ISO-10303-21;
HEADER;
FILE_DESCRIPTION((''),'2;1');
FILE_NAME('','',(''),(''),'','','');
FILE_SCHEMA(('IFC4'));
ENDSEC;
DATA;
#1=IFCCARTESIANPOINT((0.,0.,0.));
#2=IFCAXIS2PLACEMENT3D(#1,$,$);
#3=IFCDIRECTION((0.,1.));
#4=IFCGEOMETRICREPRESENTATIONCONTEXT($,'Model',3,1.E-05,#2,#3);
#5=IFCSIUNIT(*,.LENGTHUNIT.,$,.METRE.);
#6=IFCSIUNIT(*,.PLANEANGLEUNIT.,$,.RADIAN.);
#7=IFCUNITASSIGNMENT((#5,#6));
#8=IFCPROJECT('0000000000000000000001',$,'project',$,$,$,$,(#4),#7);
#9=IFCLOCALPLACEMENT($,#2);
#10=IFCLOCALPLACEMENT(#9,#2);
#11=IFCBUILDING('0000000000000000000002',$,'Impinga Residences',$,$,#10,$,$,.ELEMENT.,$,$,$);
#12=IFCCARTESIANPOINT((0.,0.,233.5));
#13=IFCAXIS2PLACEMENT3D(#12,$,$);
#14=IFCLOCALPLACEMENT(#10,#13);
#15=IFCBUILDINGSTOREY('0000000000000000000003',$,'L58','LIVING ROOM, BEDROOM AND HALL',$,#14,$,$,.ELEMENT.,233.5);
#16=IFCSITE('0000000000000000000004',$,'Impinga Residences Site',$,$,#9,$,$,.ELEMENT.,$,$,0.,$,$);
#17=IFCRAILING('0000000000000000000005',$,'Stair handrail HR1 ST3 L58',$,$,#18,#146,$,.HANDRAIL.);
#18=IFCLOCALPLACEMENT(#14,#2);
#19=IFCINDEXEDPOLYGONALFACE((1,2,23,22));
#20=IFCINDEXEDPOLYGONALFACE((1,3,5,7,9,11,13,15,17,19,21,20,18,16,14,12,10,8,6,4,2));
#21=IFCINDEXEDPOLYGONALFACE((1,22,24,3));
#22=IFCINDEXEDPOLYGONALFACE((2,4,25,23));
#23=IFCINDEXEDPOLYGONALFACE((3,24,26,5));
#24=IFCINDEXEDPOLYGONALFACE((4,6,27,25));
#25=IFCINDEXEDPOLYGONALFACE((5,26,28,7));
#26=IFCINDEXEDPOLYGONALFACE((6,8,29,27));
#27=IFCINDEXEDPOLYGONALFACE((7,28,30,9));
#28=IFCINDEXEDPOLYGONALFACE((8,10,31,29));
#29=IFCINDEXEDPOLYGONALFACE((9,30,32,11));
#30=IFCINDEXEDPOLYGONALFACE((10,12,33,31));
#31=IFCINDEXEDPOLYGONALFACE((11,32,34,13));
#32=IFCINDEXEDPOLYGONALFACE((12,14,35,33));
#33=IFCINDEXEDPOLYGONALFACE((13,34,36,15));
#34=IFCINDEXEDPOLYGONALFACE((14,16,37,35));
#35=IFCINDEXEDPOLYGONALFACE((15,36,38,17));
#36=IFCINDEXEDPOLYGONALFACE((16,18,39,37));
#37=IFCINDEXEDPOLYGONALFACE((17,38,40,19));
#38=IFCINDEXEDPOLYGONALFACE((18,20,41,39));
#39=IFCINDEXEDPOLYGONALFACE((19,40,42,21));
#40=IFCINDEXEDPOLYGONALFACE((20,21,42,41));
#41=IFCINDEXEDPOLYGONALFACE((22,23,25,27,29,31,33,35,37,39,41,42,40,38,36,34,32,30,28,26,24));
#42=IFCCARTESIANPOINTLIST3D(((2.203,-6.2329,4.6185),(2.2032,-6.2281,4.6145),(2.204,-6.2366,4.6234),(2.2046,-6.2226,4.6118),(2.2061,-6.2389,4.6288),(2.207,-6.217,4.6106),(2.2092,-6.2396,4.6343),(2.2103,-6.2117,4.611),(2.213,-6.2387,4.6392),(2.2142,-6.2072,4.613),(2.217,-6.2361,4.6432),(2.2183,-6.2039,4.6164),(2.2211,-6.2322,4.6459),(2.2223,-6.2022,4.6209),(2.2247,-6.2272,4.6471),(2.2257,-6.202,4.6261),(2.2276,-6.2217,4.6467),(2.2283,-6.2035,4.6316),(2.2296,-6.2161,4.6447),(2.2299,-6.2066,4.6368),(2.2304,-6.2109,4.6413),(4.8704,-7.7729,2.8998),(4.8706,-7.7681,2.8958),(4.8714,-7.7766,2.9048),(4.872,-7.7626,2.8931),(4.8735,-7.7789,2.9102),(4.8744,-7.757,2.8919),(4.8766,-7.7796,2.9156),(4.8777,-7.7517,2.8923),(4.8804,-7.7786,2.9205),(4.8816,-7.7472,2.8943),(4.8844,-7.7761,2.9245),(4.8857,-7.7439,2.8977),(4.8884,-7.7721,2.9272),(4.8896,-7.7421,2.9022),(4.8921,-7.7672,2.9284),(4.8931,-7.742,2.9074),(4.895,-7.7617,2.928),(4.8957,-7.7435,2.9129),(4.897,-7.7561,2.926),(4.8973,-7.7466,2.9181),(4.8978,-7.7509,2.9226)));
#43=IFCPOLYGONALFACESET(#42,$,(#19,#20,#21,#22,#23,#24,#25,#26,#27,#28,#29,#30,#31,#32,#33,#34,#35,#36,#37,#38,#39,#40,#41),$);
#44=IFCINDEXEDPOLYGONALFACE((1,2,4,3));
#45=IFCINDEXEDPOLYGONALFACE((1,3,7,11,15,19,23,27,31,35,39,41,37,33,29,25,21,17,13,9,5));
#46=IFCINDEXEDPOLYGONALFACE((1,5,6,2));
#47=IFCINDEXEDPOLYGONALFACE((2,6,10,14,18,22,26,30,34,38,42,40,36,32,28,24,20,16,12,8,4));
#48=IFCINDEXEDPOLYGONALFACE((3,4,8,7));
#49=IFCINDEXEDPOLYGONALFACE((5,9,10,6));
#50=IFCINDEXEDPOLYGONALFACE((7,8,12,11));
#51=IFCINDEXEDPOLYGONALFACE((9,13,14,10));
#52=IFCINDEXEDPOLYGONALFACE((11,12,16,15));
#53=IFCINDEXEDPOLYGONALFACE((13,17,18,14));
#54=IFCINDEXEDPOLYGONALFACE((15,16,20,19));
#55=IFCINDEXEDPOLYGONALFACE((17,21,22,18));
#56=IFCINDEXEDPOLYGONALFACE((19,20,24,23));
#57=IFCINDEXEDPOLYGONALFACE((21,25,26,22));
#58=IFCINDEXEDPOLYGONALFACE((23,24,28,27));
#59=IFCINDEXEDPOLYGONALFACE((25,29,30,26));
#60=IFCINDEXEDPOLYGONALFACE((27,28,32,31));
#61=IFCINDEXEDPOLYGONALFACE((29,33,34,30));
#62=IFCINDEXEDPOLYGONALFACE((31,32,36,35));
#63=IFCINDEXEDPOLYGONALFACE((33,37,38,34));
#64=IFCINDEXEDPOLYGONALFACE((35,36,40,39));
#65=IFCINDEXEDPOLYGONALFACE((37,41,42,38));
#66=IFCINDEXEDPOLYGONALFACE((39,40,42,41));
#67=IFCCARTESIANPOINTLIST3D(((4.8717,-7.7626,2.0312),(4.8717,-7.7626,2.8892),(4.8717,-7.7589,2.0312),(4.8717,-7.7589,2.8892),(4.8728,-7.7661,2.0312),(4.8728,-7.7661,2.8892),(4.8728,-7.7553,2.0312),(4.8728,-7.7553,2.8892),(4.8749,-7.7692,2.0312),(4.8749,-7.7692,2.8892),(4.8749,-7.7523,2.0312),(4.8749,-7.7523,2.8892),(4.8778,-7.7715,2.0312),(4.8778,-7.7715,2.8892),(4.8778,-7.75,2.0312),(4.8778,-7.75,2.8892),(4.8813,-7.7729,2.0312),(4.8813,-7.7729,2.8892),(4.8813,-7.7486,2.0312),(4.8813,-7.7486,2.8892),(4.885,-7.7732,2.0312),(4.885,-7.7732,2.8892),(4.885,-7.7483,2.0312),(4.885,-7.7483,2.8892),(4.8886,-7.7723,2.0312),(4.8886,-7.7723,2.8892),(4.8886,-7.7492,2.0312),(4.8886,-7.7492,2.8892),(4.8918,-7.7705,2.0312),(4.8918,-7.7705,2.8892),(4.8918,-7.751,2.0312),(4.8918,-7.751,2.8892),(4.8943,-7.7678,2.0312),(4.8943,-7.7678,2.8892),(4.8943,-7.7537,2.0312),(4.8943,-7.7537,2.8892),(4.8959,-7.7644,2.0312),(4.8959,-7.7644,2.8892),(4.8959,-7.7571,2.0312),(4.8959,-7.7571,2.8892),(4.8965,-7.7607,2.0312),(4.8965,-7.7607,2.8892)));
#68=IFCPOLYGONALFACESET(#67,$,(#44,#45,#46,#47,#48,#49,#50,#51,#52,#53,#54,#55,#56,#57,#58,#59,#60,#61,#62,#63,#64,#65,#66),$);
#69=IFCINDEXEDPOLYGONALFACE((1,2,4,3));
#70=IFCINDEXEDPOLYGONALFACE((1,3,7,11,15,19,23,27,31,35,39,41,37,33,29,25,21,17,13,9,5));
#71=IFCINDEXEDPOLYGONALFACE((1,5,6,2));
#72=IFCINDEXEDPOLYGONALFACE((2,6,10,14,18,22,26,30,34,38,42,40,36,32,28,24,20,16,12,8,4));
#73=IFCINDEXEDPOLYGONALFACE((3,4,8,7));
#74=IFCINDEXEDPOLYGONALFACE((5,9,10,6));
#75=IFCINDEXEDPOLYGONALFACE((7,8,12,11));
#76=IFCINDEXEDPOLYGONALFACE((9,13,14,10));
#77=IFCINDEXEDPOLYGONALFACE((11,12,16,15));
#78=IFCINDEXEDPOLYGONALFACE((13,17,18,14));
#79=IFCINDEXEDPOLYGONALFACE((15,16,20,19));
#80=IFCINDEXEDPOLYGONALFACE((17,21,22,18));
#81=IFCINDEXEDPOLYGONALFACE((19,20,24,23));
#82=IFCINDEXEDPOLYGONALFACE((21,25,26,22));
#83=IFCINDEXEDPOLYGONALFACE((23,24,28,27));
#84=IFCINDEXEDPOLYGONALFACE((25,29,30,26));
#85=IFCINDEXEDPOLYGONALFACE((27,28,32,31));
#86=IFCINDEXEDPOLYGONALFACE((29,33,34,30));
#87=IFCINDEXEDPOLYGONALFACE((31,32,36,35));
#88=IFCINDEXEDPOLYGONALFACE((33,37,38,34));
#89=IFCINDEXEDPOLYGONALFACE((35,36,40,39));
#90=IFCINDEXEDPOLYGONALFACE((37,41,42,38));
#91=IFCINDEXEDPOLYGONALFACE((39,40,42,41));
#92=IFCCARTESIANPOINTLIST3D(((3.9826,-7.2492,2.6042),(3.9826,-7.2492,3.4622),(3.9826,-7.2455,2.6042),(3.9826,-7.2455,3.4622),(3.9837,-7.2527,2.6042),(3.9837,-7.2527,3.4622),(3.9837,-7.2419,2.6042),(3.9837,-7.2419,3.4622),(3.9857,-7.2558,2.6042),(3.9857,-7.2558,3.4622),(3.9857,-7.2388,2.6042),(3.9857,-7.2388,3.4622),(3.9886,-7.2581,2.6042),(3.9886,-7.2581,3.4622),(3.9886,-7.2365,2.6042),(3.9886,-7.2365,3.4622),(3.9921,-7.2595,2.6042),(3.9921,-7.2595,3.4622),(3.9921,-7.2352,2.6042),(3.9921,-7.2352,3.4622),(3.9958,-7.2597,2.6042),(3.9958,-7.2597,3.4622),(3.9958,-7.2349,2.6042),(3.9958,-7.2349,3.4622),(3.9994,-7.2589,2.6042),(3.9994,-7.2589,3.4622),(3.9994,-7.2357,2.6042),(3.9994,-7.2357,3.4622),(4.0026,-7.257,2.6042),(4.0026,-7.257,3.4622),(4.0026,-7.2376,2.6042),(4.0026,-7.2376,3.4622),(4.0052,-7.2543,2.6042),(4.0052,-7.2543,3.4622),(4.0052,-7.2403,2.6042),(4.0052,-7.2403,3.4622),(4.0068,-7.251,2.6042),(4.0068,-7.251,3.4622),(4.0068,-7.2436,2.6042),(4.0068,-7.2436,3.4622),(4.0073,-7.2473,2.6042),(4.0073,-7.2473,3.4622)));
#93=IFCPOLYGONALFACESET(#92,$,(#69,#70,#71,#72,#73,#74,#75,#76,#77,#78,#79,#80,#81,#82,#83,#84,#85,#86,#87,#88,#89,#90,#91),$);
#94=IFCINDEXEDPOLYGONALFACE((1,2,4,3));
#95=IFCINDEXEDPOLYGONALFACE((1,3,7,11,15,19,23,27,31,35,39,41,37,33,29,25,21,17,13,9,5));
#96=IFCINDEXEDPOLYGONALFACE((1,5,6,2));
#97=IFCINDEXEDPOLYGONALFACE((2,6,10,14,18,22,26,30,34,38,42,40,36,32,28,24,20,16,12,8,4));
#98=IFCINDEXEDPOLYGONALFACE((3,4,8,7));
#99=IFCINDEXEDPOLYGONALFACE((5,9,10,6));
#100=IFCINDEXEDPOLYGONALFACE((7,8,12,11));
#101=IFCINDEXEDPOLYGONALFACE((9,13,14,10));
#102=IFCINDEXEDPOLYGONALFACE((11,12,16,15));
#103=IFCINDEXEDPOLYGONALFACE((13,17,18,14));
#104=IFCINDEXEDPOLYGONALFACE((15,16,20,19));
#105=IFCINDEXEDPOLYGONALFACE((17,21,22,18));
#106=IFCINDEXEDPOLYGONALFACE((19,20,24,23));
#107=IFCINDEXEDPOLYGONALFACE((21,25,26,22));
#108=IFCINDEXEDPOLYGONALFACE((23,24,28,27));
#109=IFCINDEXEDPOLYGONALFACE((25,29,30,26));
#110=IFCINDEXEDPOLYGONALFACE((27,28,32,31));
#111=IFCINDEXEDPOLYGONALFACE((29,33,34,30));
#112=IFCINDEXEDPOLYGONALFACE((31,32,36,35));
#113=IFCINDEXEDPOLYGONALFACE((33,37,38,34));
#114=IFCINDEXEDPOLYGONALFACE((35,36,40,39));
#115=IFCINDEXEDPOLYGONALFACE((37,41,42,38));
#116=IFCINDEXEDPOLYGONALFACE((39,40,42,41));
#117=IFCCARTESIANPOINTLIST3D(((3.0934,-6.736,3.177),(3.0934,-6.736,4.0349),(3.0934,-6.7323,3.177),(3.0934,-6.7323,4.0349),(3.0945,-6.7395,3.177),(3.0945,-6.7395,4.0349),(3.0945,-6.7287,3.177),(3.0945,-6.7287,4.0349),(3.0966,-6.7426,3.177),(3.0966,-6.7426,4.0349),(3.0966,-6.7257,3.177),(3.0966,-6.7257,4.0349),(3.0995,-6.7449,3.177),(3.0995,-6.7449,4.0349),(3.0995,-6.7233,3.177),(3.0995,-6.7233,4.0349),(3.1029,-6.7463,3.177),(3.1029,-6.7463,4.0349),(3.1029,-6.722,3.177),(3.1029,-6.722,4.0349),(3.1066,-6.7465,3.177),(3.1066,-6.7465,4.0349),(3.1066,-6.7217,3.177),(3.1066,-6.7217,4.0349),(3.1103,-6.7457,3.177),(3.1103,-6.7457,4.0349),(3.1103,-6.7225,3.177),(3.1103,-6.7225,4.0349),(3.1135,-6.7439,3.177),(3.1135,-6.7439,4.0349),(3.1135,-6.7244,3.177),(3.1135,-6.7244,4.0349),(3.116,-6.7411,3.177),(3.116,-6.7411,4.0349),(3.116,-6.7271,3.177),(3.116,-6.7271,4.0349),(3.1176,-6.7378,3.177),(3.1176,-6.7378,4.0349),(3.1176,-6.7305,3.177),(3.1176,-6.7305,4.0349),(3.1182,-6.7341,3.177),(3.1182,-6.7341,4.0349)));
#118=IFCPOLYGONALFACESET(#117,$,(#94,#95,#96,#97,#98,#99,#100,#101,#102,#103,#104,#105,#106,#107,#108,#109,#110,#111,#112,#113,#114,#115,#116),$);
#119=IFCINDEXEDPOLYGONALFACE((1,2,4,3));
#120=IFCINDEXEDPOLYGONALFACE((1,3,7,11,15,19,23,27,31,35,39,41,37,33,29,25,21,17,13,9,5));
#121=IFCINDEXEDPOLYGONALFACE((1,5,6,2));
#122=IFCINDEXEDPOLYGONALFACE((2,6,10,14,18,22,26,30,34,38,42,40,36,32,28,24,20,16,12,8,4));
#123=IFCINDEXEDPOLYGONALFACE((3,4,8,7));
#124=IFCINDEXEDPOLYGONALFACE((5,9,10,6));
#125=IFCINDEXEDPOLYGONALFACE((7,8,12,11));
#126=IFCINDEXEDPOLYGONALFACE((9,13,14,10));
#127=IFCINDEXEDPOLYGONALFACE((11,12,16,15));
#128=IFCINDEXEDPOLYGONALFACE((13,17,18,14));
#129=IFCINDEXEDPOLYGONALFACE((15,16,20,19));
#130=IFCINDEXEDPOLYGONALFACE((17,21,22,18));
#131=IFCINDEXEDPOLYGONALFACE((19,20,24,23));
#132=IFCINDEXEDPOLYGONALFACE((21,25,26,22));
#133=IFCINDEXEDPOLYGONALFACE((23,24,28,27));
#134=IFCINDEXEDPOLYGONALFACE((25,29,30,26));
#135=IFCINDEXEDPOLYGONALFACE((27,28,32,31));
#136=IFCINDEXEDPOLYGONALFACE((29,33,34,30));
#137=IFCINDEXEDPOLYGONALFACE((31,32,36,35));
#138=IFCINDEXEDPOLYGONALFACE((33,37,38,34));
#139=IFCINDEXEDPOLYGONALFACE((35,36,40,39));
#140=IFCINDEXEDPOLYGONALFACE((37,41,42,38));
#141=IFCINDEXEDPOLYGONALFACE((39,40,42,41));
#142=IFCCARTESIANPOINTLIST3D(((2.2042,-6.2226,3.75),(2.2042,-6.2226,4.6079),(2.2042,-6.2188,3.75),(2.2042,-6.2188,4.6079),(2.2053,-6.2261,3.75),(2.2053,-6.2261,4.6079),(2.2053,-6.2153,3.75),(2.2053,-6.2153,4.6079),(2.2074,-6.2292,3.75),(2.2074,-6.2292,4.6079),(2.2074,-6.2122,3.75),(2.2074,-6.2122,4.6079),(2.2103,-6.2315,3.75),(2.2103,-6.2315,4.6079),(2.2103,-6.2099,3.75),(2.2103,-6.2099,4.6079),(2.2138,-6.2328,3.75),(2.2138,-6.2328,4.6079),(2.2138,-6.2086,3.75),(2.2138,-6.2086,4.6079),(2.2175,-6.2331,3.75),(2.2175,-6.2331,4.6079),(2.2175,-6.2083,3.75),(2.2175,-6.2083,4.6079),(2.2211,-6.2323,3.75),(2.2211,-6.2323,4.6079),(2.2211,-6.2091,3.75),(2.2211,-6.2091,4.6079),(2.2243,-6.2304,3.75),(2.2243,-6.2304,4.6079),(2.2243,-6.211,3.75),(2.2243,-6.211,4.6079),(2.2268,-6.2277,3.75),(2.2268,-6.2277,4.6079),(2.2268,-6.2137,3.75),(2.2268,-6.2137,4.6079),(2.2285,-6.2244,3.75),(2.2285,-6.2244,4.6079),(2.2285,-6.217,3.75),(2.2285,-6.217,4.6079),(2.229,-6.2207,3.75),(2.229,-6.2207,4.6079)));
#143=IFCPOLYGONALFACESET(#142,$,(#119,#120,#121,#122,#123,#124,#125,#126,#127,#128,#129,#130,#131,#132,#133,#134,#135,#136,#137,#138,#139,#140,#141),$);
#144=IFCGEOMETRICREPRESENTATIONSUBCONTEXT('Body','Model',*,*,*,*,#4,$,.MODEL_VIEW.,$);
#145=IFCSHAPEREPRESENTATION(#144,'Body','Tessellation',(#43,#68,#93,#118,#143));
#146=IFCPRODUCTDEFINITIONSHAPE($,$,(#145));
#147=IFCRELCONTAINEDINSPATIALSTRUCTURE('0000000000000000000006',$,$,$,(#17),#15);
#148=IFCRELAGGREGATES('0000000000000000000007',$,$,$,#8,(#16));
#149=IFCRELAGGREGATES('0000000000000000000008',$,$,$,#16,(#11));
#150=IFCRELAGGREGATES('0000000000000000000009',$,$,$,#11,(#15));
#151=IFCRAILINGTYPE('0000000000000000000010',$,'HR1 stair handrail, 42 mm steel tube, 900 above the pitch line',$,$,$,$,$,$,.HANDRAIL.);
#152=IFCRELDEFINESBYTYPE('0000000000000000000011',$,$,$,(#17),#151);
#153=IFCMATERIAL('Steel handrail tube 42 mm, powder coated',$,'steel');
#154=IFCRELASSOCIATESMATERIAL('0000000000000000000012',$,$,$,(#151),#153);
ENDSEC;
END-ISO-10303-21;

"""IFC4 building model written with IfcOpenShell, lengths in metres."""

from ifc_helpers import new_model, si_unit, direction, frame, origin, origin_2d, place, context, subcontext, project, spatial, circle, extrude, material, type_object, element, save


model = new_model("IFC4")

# Units and contexts
model_context = context("Model", 3, precision=1e-05, world=origin(), true_north=direction((0.0, 1.0)))
body_context = subcontext(model_context, "Body", "Model", "MODEL_VIEW")
ifc_project = project(units=[si_unit("LENGTHUNIT", "METRE"), si_unit("PLANEANGLEUNIT", "RADIAN")], contexts=[model_context])

# Site, building, storey
site_placement = place(None, origin())
site = spatial("IfcSite", under=ifc_project, at=site_placement, Name="Impinga Residences Site", CompositionType="ELEMENT", RefElevation=0.0)
building_placement = place(site_placement, origin())
building = spatial("IfcBuilding", under=site, at=building_placement, Name="Impinga Residences", CompositionType="ELEMENT")
storey_placement = place(building_placement, frame((0.0, 0.0, 233.5)))
storey = spatial("IfcBuildingStorey", under=building, at=storey_placement, Name="L58", Description="LIVING ROOM, BEDROOM AND HALL", CompositionType="ELEMENT", Elevation=233.5)

# Railing
ifc_material_1 = material(Name="Steel handrail tube 42 mm, powder coated", Category="steel")
railing_type_1 = type_object("IfcRailingType", Name="HR1 stair handrail, 42 mm steel tube, 900 above the pitch line", PredefinedType="HANDRAIL", material=ifc_material_1)
railing_1_placement = place(storey_placement, frame((4.884, -7.7607, 2.0312)))
element("IfcRailing", 1, at=railing_1_placement, inside=storey, type_object=railing_type_1, Name="Stair handrail HR1 ST3 L58", PredefinedType="HANDRAIL", context=body_context, shape_type="SweptSolid", body=[
    extrude(circle(Radius=0.021, at=origin_2d()), frame((0.0, 0.0, 0.8789), z_axis=(-0.756256, 0.436616, 0.487282), x_axis=(-0.499992, -0.86603, 0.0)), (0.0, 0.0, 1.0), 3.5271),
    extrude(circle(Radius=0.0125, at=origin_2d()), origin(), (0.0, 0.0, 1.0), 0.8579),
    extrude(circle(Radius=0.0125, at=origin_2d()), frame((-0.8892, 0.5134, 0.573)), (0.0, 0.0, 1.0), 0.8579),
    extrude(circle(Radius=0.0125, at=origin_2d()), frame((-1.7783, 1.0266, 1.1458)), (0.0, 0.0, 1.0), 0.8579),
    extrude(circle(Radius=0.0125, at=origin_2d()), frame((-2.6675, 1.54, 1.7188)), (0.0, 0.0, 1.0), 0.8579),
])

save(model, "model.ifc")
